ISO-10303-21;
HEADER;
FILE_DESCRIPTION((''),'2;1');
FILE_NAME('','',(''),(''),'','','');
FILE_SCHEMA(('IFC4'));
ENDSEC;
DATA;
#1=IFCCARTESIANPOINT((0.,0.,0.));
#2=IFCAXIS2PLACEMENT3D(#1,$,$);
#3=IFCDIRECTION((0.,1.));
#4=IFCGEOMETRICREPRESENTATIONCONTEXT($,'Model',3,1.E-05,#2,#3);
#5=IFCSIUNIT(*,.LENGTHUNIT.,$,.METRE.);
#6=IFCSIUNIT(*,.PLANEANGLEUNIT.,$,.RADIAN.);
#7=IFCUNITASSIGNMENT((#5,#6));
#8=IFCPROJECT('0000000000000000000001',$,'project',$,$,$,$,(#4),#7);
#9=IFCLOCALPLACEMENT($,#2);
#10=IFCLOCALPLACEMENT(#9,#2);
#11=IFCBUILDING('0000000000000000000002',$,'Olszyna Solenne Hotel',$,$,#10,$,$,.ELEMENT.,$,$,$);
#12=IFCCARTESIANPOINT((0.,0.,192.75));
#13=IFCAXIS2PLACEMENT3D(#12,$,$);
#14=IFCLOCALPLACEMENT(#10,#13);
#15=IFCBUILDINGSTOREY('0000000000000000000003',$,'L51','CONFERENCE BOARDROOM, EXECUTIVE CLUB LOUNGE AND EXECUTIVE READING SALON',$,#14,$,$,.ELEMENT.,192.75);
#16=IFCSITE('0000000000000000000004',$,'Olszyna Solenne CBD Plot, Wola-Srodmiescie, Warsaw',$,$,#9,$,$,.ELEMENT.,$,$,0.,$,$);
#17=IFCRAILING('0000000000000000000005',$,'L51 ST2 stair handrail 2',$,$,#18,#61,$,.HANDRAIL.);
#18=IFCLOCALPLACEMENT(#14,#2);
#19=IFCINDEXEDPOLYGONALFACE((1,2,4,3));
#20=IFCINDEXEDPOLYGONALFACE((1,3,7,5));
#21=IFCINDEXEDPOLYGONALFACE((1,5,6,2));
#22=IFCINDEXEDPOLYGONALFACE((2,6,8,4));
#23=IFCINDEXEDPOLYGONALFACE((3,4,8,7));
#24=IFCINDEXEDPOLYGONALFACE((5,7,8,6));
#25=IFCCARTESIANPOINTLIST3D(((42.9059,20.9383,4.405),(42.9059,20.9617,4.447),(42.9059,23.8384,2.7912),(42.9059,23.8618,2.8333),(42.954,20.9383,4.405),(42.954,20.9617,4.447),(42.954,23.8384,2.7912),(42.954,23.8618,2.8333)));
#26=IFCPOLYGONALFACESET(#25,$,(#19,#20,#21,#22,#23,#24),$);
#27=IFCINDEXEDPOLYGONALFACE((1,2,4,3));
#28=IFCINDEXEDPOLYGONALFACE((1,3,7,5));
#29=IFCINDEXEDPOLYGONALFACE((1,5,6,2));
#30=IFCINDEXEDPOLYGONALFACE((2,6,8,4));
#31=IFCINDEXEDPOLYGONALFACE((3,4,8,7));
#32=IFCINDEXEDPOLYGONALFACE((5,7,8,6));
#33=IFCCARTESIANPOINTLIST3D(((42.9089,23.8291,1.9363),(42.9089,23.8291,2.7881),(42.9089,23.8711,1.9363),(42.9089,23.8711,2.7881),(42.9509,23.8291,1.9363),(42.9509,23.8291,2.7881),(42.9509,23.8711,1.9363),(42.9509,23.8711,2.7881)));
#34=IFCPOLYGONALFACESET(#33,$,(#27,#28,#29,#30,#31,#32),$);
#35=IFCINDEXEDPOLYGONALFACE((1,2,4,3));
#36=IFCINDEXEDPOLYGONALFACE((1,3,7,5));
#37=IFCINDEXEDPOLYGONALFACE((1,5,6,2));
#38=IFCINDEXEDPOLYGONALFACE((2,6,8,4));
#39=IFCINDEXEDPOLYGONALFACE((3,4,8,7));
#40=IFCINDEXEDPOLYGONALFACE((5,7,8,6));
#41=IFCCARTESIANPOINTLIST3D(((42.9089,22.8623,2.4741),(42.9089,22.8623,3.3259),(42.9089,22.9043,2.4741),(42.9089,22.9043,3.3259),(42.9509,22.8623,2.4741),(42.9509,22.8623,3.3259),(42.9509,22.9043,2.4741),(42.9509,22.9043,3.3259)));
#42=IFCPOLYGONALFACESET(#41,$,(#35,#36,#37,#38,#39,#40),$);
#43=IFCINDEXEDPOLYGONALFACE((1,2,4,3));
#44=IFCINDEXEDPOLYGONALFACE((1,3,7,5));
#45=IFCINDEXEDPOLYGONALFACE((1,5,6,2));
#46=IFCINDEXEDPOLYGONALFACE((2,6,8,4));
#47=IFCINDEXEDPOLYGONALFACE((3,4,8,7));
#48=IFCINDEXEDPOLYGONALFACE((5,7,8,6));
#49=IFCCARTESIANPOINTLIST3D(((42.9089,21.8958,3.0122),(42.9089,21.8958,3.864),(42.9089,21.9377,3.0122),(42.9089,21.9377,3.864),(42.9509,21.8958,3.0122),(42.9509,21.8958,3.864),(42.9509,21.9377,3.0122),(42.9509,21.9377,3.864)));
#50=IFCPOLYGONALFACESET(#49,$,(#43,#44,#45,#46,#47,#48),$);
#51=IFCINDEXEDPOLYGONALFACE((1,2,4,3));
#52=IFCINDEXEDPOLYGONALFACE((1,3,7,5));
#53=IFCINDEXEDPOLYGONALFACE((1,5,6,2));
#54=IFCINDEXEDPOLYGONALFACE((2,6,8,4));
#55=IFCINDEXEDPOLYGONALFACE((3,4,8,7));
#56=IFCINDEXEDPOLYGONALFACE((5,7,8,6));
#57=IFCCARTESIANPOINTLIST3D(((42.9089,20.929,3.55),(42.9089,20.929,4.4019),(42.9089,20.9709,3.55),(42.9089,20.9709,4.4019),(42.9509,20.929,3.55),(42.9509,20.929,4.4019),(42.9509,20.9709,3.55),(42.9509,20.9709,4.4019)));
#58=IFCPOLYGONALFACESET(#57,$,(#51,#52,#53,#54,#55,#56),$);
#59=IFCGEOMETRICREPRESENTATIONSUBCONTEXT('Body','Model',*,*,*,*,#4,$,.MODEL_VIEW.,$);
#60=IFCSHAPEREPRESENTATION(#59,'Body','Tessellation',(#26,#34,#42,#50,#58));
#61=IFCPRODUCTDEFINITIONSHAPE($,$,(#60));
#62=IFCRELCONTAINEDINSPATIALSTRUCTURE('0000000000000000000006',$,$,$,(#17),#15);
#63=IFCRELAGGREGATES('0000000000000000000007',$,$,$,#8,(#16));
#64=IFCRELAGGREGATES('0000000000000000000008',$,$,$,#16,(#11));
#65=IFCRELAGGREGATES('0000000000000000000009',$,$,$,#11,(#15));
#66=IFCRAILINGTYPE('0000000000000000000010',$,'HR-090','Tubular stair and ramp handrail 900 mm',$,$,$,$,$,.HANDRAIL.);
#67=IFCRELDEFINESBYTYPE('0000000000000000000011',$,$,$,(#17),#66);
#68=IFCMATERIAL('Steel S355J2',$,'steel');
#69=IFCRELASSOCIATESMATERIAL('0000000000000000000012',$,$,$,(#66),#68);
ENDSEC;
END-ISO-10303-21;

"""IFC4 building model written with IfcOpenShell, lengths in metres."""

from ifc_helpers import new_model, si_unit, direction, frame, origin, origin_2d, place, context, subcontext, project, spatial, rectangle, extrude, material, type_object, element, save


model = new_model("IFC4")

# Units and contexts
model_context = context("Model", 3, precision=1e-05, world=origin(), true_north=direction((0.0, 1.0)))
body_context = subcontext(model_context, "Body", "Model", "MODEL_VIEW")
ifc_project = project(units=[si_unit("LENGTHUNIT", "METRE"), si_unit("PLANEANGLEUNIT", "RADIAN")], contexts=[model_context])

# Site, building, storey
site_placement = place(None, origin())
site = spatial("IfcSite", under=ifc_project, at=site_placement, Name="Olszyna Solenne CBD Plot, Wola-Srodmiescie, Warsaw", CompositionType="ELEMENT", RefElevation=0.0)
building_placement = place(site_placement, origin())
building = spatial("IfcBuilding", under=site, at=building_placement, Name="Olszyna Solenne Hotel", CompositionType="ELEMENT")
storey_placement = place(building_placement, frame((0.0, 0.0, 192.75)))
storey = spatial("IfcBuildingStorey", under=building, at=storey_placement, Name="L51", Description="CONFERENCE BOARDROOM, EXECUTIVE CLUB LOUNGE AND EXECUTIVE READING SALON", CompositionType="ELEMENT", Elevation=192.75)

# Shared definitions
ifc_material_1 = material(Name="Steel S355J2", Category="steel")

# Railing
railing_type_1 = type_object("IfcRailingType", Name="HR-090", Description="Tubular stair and ramp handrail 900 mm", PredefinedType="HANDRAIL", material=ifc_material_1)
railing_1_placement = place(storey_placement, frame((42.9299, 23.8501, 1.9363)))
element("IfcRailing", 1, at=railing_1_placement, inside=storey, type_object=railing_type_1, Name="L51 ST2 stair handrail 2", PredefinedType="HANDRAIL", context=body_context, shape_type="SweptSolid", body=[
    extrude(rectangle(XDim=0.0481, YDim=0.0481, at=origin_2d()), frame((0.0, 0.0, 0.876), z_axis=(0.0, -0.873827, 0.486236), x_axis=(1.0, 0.0, 0.0)), (0.0, 0.0, 1.0), 3.3188),
    extrude(rectangle(XDim=0.042, YDim=0.042, at=origin_2d()), origin(), (0.0, 0.0, 1.0), 0.8518),
    extrude(rectangle(XDim=0.042, YDim=0.042, at=origin_2d()), frame((0.0, -0.9668, 0.5378)), (0.0, 0.0, 1.0), 0.8518),
    extrude(rectangle(XDim=0.042, YDim=0.042, at=origin_2d()), frame((0.0, -1.9333, 1.0759)), (0.0, 0.0, 1.0), 0.8518),
    extrude(rectangle(XDim=0.042, YDim=0.042, at=origin_2d()), frame((0.0, -2.9001, 1.6138)), (0.0, 0.0, 1.0), 0.8518),
])

save(model, "model.ifc")
